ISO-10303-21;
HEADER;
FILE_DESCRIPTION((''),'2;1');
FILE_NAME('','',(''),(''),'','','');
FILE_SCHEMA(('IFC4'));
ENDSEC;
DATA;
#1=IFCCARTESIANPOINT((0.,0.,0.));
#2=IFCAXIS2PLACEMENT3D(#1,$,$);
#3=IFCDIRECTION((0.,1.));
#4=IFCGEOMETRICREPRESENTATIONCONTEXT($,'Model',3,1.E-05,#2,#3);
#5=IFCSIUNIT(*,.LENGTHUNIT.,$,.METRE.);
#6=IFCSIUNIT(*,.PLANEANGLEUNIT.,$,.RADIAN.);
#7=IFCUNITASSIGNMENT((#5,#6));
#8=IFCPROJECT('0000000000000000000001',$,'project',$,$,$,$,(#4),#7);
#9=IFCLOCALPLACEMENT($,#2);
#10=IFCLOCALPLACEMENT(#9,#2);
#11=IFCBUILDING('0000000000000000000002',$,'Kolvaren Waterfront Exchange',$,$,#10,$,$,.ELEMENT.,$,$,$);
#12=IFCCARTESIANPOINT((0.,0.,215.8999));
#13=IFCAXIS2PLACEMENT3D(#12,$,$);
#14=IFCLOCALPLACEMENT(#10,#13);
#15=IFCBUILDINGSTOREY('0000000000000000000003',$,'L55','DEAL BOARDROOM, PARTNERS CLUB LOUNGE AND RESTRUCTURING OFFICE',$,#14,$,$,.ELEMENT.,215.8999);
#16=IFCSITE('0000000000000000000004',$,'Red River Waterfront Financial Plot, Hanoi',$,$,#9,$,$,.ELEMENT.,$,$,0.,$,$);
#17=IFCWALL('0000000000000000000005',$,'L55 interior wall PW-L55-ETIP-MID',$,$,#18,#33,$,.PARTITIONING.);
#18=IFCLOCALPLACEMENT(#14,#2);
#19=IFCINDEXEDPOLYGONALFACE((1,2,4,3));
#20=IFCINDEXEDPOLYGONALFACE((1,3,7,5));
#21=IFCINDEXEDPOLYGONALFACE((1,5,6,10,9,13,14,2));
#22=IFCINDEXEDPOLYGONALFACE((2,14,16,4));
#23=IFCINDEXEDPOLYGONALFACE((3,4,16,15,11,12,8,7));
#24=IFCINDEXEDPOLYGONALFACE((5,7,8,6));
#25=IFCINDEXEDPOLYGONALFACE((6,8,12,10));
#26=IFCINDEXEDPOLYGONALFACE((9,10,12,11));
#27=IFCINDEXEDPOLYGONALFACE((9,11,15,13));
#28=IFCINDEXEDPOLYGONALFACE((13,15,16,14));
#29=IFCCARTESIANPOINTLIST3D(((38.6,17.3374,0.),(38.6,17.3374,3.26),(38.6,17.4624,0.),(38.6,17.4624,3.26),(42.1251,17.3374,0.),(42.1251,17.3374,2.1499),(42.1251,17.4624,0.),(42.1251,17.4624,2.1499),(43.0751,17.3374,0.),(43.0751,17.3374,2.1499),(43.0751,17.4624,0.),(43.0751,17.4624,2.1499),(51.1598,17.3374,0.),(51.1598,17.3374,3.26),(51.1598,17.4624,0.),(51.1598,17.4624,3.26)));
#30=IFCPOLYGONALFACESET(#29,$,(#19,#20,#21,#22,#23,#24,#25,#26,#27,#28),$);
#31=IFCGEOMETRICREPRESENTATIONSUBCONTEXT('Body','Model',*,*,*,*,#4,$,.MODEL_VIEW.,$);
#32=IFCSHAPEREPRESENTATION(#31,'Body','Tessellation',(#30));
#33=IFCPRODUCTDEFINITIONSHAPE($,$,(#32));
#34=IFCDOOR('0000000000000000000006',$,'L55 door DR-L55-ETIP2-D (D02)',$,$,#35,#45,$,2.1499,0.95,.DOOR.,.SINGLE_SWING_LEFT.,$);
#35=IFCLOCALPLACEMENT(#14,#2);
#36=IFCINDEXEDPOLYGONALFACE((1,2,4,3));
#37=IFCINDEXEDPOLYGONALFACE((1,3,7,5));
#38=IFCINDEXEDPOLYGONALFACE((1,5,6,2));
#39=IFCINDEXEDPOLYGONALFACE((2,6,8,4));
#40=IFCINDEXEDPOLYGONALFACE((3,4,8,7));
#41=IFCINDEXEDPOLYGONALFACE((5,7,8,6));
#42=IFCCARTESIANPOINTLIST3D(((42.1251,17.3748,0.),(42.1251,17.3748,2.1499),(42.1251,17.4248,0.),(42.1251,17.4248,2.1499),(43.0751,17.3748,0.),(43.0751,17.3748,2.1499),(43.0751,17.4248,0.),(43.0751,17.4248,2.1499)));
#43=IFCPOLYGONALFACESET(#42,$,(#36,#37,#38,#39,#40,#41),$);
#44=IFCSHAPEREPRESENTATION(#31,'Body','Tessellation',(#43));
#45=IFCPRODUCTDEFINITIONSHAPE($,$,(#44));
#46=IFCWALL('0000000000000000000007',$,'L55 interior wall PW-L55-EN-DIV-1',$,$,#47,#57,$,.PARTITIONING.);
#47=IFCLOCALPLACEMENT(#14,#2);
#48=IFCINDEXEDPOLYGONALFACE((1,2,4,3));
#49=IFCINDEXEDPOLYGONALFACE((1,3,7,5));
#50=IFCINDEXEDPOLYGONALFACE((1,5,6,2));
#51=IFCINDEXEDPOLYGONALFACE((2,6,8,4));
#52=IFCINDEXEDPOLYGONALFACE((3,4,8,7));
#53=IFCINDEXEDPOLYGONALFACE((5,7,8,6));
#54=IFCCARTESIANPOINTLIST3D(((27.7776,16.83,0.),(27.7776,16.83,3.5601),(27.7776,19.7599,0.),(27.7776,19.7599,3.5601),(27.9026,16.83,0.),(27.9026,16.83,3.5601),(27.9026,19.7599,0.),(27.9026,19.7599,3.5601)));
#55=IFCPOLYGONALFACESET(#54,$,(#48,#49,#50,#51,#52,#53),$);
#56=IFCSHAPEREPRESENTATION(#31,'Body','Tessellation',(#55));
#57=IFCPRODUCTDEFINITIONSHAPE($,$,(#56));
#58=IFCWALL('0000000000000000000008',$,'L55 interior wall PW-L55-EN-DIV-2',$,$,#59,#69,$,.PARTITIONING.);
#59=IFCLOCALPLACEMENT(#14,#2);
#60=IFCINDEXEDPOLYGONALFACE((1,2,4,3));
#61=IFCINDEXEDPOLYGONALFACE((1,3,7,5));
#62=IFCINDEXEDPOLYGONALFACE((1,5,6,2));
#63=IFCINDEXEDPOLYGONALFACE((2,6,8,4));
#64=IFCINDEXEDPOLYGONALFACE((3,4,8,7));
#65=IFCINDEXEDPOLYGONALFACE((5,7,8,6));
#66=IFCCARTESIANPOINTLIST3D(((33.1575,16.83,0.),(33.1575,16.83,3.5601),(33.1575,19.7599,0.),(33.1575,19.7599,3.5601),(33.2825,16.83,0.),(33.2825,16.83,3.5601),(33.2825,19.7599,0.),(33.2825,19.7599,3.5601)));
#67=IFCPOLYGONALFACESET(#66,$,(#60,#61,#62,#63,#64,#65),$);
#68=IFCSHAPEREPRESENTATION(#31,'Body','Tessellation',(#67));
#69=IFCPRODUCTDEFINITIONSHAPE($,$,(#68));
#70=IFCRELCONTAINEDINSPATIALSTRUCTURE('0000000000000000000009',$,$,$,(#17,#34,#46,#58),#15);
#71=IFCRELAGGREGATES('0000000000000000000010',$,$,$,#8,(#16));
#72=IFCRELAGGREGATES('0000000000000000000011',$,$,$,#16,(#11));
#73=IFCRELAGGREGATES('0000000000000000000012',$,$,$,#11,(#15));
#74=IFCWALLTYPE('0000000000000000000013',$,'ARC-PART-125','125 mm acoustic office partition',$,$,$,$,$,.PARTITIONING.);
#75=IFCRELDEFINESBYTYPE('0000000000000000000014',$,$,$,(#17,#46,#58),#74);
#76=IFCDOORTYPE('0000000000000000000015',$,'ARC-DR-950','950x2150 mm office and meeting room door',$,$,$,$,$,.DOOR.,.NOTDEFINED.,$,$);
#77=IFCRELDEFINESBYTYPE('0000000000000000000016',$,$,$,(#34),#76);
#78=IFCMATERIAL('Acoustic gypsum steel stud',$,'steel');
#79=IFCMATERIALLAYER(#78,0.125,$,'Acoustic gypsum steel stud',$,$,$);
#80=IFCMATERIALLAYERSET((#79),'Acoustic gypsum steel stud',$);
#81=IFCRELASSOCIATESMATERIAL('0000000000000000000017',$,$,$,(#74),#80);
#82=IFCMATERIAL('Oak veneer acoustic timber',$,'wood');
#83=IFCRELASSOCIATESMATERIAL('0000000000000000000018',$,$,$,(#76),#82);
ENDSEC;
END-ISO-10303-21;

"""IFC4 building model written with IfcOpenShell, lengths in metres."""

from ifc_helpers import new_model, si_unit, direction, frame, frame_2d, origin, place, context, subcontext, project, spatial, rectangle, extrude, material, layer, layer_set, type_object, element, fill, save


model = new_model("IFC4")

# Units and contexts
model_context = context("Model", 3, precision=1e-05, world=origin(), true_north=direction((0.0, 1.0)))
body_context = subcontext(model_context, "Body", "Model", "MODEL_VIEW")
ifc_project = project(units=[si_unit("LENGTHUNIT", "METRE"), si_unit("PLANEANGLEUNIT", "RADIAN")], contexts=[model_context])

# Site, building, storey
site_placement = place(None, origin())
site = spatial("IfcSite", under=ifc_project, at=site_placement, Name="Red River Waterfront Financial Plot, Hanoi", CompositionType="ELEMENT", RefElevation=0.0)
building_placement = place(site_placement, origin())
building = spatial("IfcBuilding", under=site, at=building_placement, Name="Kolvaren Waterfront Exchange", CompositionType="ELEMENT")
storey_placement = place(building_placement, frame((0.0, 0.0, 215.8999)))
storey = spatial("IfcBuildingStorey", under=building, at=storey_placement, Name="L55", Description="DEAL BOARDROOM, PARTNERS CLUB LOUNGE AND RESTRUCTURING OFFICE", CompositionType="ELEMENT", Elevation=215.8999)

# Wall, opening, door
ifc_material_1 = material(Name="Acoustic gypsum steel stud", Category="steel")
ifc_layer_1 = layer(ifc_material_1, 0.125, Name="Acoustic gypsum steel stud")
ifc_layer_set_1 = layer_set([ifc_layer_1], Name="Acoustic gypsum steel stud")
wall_type_1 = type_object("IfcWallType", Name="ARC-PART-125", Description="125 mm acoustic office partition", PredefinedType="PARTITIONING", material=ifc_layer_set_1)
wall_1_placement = place(storey_placement, frame((38.6001, 17.3999, 0.0), z_axis=(0.0, 0.0, 1.0), x_axis=(1.0, 0.0, 0.0)))
wall_1 = element("IfcWall", 1, at=wall_1_placement, inside=storey, type_object=wall_type_1, Name="L55 interior wall PW-L55-ETIP-MID", PredefinedType="PARTITIONING", context=body_context, shape_type="SweptSolid", body=[
    extrude(rectangle(XDim=12.5598, YDim=0.125, at=frame_2d((6.2798, 0.0))), origin(), (0.0, 0.0, 1.0), 3.26),
])
opening_placement = place(wall_1_placement, frame((3.5249, 0.0, 0.0)))
opening = element("IfcOpeningElement", 2, at=opening_placement, cuts=wall_1, PredefinedType="OPENING", context=body_context, shape_type="SweptSolid", body=[
    extrude(rectangle(XDim=0.95, YDim=2.1499, at=frame_2d((0.4751, 1.075))), frame((0.0, 0.0725, 0.0), z_axis=(0.0, -1.0, 0.0), x_axis=(1.0, 0.0, 0.0)), (0.0, 0.0, 1.0), 0.145),
])
ifc_material_2 = material(Name="Oak veneer acoustic timber", Category="wood")
door_type = type_object("IfcDoorType", Name="ARC-DR-950", Description="950x2150 mm office and meeting room door", OperationType="NOTDEFINED", PredefinedType="DOOR", material=ifc_material_2)
door_placement = place(opening_placement, origin())
door = element("IfcDoor", 3, at=door_placement, inside=storey, type_object=door_type, Name="L55 door DR-L55-ETIP2-D (D02)", OperationType="SINGLE_SWING_LEFT", OverallHeight=2.1499, OverallWidth=0.95, PredefinedType="DOOR", context=body_context, shape_type="SweptSolid", body=[
    extrude(rectangle(XDim=0.95, YDim=2.1499, at=frame_2d((0.4751, 1.075))), frame((0.0, 0.0249, 0.0), z_axis=(0.0, -1.0, 0.0), x_axis=(1.0, 0.0, 0.0)), (0.0, 0.0, 1.0), 0.05),
])
fill(opening, door)

# Walls
for number, where, z_axis, x_axis, name in (
    (4, (27.8401, 16.8301, 0.0), (0.0, 0.0, 1.0), (0.0, 1.0, 0.0), "L55 interior wall PW-L55-EN-DIV-1"),
    (5, (33.22, 16.8301, 0.0), (0.0, 0.0, 1.0), (0.0, 1.0, 0.0), "L55 interior wall PW-L55-EN-DIV-2"),
):
    element("IfcWall", number, at=place(storey_placement, frame(where, z_axis=z_axis, x_axis=x_axis)), inside=storey, type_object=wall_type_1, Name=name, PredefinedType="PARTITIONING", context=body_context, shape_type="SweptSolid", body=[
        extrude(rectangle(XDim=2.9299, YDim=0.125, at=frame_2d((1.4648, 0.0))), origin(), (0.0, 0.0, 1.0), 3.5601),
    ])

save(model, "model.ifc")
